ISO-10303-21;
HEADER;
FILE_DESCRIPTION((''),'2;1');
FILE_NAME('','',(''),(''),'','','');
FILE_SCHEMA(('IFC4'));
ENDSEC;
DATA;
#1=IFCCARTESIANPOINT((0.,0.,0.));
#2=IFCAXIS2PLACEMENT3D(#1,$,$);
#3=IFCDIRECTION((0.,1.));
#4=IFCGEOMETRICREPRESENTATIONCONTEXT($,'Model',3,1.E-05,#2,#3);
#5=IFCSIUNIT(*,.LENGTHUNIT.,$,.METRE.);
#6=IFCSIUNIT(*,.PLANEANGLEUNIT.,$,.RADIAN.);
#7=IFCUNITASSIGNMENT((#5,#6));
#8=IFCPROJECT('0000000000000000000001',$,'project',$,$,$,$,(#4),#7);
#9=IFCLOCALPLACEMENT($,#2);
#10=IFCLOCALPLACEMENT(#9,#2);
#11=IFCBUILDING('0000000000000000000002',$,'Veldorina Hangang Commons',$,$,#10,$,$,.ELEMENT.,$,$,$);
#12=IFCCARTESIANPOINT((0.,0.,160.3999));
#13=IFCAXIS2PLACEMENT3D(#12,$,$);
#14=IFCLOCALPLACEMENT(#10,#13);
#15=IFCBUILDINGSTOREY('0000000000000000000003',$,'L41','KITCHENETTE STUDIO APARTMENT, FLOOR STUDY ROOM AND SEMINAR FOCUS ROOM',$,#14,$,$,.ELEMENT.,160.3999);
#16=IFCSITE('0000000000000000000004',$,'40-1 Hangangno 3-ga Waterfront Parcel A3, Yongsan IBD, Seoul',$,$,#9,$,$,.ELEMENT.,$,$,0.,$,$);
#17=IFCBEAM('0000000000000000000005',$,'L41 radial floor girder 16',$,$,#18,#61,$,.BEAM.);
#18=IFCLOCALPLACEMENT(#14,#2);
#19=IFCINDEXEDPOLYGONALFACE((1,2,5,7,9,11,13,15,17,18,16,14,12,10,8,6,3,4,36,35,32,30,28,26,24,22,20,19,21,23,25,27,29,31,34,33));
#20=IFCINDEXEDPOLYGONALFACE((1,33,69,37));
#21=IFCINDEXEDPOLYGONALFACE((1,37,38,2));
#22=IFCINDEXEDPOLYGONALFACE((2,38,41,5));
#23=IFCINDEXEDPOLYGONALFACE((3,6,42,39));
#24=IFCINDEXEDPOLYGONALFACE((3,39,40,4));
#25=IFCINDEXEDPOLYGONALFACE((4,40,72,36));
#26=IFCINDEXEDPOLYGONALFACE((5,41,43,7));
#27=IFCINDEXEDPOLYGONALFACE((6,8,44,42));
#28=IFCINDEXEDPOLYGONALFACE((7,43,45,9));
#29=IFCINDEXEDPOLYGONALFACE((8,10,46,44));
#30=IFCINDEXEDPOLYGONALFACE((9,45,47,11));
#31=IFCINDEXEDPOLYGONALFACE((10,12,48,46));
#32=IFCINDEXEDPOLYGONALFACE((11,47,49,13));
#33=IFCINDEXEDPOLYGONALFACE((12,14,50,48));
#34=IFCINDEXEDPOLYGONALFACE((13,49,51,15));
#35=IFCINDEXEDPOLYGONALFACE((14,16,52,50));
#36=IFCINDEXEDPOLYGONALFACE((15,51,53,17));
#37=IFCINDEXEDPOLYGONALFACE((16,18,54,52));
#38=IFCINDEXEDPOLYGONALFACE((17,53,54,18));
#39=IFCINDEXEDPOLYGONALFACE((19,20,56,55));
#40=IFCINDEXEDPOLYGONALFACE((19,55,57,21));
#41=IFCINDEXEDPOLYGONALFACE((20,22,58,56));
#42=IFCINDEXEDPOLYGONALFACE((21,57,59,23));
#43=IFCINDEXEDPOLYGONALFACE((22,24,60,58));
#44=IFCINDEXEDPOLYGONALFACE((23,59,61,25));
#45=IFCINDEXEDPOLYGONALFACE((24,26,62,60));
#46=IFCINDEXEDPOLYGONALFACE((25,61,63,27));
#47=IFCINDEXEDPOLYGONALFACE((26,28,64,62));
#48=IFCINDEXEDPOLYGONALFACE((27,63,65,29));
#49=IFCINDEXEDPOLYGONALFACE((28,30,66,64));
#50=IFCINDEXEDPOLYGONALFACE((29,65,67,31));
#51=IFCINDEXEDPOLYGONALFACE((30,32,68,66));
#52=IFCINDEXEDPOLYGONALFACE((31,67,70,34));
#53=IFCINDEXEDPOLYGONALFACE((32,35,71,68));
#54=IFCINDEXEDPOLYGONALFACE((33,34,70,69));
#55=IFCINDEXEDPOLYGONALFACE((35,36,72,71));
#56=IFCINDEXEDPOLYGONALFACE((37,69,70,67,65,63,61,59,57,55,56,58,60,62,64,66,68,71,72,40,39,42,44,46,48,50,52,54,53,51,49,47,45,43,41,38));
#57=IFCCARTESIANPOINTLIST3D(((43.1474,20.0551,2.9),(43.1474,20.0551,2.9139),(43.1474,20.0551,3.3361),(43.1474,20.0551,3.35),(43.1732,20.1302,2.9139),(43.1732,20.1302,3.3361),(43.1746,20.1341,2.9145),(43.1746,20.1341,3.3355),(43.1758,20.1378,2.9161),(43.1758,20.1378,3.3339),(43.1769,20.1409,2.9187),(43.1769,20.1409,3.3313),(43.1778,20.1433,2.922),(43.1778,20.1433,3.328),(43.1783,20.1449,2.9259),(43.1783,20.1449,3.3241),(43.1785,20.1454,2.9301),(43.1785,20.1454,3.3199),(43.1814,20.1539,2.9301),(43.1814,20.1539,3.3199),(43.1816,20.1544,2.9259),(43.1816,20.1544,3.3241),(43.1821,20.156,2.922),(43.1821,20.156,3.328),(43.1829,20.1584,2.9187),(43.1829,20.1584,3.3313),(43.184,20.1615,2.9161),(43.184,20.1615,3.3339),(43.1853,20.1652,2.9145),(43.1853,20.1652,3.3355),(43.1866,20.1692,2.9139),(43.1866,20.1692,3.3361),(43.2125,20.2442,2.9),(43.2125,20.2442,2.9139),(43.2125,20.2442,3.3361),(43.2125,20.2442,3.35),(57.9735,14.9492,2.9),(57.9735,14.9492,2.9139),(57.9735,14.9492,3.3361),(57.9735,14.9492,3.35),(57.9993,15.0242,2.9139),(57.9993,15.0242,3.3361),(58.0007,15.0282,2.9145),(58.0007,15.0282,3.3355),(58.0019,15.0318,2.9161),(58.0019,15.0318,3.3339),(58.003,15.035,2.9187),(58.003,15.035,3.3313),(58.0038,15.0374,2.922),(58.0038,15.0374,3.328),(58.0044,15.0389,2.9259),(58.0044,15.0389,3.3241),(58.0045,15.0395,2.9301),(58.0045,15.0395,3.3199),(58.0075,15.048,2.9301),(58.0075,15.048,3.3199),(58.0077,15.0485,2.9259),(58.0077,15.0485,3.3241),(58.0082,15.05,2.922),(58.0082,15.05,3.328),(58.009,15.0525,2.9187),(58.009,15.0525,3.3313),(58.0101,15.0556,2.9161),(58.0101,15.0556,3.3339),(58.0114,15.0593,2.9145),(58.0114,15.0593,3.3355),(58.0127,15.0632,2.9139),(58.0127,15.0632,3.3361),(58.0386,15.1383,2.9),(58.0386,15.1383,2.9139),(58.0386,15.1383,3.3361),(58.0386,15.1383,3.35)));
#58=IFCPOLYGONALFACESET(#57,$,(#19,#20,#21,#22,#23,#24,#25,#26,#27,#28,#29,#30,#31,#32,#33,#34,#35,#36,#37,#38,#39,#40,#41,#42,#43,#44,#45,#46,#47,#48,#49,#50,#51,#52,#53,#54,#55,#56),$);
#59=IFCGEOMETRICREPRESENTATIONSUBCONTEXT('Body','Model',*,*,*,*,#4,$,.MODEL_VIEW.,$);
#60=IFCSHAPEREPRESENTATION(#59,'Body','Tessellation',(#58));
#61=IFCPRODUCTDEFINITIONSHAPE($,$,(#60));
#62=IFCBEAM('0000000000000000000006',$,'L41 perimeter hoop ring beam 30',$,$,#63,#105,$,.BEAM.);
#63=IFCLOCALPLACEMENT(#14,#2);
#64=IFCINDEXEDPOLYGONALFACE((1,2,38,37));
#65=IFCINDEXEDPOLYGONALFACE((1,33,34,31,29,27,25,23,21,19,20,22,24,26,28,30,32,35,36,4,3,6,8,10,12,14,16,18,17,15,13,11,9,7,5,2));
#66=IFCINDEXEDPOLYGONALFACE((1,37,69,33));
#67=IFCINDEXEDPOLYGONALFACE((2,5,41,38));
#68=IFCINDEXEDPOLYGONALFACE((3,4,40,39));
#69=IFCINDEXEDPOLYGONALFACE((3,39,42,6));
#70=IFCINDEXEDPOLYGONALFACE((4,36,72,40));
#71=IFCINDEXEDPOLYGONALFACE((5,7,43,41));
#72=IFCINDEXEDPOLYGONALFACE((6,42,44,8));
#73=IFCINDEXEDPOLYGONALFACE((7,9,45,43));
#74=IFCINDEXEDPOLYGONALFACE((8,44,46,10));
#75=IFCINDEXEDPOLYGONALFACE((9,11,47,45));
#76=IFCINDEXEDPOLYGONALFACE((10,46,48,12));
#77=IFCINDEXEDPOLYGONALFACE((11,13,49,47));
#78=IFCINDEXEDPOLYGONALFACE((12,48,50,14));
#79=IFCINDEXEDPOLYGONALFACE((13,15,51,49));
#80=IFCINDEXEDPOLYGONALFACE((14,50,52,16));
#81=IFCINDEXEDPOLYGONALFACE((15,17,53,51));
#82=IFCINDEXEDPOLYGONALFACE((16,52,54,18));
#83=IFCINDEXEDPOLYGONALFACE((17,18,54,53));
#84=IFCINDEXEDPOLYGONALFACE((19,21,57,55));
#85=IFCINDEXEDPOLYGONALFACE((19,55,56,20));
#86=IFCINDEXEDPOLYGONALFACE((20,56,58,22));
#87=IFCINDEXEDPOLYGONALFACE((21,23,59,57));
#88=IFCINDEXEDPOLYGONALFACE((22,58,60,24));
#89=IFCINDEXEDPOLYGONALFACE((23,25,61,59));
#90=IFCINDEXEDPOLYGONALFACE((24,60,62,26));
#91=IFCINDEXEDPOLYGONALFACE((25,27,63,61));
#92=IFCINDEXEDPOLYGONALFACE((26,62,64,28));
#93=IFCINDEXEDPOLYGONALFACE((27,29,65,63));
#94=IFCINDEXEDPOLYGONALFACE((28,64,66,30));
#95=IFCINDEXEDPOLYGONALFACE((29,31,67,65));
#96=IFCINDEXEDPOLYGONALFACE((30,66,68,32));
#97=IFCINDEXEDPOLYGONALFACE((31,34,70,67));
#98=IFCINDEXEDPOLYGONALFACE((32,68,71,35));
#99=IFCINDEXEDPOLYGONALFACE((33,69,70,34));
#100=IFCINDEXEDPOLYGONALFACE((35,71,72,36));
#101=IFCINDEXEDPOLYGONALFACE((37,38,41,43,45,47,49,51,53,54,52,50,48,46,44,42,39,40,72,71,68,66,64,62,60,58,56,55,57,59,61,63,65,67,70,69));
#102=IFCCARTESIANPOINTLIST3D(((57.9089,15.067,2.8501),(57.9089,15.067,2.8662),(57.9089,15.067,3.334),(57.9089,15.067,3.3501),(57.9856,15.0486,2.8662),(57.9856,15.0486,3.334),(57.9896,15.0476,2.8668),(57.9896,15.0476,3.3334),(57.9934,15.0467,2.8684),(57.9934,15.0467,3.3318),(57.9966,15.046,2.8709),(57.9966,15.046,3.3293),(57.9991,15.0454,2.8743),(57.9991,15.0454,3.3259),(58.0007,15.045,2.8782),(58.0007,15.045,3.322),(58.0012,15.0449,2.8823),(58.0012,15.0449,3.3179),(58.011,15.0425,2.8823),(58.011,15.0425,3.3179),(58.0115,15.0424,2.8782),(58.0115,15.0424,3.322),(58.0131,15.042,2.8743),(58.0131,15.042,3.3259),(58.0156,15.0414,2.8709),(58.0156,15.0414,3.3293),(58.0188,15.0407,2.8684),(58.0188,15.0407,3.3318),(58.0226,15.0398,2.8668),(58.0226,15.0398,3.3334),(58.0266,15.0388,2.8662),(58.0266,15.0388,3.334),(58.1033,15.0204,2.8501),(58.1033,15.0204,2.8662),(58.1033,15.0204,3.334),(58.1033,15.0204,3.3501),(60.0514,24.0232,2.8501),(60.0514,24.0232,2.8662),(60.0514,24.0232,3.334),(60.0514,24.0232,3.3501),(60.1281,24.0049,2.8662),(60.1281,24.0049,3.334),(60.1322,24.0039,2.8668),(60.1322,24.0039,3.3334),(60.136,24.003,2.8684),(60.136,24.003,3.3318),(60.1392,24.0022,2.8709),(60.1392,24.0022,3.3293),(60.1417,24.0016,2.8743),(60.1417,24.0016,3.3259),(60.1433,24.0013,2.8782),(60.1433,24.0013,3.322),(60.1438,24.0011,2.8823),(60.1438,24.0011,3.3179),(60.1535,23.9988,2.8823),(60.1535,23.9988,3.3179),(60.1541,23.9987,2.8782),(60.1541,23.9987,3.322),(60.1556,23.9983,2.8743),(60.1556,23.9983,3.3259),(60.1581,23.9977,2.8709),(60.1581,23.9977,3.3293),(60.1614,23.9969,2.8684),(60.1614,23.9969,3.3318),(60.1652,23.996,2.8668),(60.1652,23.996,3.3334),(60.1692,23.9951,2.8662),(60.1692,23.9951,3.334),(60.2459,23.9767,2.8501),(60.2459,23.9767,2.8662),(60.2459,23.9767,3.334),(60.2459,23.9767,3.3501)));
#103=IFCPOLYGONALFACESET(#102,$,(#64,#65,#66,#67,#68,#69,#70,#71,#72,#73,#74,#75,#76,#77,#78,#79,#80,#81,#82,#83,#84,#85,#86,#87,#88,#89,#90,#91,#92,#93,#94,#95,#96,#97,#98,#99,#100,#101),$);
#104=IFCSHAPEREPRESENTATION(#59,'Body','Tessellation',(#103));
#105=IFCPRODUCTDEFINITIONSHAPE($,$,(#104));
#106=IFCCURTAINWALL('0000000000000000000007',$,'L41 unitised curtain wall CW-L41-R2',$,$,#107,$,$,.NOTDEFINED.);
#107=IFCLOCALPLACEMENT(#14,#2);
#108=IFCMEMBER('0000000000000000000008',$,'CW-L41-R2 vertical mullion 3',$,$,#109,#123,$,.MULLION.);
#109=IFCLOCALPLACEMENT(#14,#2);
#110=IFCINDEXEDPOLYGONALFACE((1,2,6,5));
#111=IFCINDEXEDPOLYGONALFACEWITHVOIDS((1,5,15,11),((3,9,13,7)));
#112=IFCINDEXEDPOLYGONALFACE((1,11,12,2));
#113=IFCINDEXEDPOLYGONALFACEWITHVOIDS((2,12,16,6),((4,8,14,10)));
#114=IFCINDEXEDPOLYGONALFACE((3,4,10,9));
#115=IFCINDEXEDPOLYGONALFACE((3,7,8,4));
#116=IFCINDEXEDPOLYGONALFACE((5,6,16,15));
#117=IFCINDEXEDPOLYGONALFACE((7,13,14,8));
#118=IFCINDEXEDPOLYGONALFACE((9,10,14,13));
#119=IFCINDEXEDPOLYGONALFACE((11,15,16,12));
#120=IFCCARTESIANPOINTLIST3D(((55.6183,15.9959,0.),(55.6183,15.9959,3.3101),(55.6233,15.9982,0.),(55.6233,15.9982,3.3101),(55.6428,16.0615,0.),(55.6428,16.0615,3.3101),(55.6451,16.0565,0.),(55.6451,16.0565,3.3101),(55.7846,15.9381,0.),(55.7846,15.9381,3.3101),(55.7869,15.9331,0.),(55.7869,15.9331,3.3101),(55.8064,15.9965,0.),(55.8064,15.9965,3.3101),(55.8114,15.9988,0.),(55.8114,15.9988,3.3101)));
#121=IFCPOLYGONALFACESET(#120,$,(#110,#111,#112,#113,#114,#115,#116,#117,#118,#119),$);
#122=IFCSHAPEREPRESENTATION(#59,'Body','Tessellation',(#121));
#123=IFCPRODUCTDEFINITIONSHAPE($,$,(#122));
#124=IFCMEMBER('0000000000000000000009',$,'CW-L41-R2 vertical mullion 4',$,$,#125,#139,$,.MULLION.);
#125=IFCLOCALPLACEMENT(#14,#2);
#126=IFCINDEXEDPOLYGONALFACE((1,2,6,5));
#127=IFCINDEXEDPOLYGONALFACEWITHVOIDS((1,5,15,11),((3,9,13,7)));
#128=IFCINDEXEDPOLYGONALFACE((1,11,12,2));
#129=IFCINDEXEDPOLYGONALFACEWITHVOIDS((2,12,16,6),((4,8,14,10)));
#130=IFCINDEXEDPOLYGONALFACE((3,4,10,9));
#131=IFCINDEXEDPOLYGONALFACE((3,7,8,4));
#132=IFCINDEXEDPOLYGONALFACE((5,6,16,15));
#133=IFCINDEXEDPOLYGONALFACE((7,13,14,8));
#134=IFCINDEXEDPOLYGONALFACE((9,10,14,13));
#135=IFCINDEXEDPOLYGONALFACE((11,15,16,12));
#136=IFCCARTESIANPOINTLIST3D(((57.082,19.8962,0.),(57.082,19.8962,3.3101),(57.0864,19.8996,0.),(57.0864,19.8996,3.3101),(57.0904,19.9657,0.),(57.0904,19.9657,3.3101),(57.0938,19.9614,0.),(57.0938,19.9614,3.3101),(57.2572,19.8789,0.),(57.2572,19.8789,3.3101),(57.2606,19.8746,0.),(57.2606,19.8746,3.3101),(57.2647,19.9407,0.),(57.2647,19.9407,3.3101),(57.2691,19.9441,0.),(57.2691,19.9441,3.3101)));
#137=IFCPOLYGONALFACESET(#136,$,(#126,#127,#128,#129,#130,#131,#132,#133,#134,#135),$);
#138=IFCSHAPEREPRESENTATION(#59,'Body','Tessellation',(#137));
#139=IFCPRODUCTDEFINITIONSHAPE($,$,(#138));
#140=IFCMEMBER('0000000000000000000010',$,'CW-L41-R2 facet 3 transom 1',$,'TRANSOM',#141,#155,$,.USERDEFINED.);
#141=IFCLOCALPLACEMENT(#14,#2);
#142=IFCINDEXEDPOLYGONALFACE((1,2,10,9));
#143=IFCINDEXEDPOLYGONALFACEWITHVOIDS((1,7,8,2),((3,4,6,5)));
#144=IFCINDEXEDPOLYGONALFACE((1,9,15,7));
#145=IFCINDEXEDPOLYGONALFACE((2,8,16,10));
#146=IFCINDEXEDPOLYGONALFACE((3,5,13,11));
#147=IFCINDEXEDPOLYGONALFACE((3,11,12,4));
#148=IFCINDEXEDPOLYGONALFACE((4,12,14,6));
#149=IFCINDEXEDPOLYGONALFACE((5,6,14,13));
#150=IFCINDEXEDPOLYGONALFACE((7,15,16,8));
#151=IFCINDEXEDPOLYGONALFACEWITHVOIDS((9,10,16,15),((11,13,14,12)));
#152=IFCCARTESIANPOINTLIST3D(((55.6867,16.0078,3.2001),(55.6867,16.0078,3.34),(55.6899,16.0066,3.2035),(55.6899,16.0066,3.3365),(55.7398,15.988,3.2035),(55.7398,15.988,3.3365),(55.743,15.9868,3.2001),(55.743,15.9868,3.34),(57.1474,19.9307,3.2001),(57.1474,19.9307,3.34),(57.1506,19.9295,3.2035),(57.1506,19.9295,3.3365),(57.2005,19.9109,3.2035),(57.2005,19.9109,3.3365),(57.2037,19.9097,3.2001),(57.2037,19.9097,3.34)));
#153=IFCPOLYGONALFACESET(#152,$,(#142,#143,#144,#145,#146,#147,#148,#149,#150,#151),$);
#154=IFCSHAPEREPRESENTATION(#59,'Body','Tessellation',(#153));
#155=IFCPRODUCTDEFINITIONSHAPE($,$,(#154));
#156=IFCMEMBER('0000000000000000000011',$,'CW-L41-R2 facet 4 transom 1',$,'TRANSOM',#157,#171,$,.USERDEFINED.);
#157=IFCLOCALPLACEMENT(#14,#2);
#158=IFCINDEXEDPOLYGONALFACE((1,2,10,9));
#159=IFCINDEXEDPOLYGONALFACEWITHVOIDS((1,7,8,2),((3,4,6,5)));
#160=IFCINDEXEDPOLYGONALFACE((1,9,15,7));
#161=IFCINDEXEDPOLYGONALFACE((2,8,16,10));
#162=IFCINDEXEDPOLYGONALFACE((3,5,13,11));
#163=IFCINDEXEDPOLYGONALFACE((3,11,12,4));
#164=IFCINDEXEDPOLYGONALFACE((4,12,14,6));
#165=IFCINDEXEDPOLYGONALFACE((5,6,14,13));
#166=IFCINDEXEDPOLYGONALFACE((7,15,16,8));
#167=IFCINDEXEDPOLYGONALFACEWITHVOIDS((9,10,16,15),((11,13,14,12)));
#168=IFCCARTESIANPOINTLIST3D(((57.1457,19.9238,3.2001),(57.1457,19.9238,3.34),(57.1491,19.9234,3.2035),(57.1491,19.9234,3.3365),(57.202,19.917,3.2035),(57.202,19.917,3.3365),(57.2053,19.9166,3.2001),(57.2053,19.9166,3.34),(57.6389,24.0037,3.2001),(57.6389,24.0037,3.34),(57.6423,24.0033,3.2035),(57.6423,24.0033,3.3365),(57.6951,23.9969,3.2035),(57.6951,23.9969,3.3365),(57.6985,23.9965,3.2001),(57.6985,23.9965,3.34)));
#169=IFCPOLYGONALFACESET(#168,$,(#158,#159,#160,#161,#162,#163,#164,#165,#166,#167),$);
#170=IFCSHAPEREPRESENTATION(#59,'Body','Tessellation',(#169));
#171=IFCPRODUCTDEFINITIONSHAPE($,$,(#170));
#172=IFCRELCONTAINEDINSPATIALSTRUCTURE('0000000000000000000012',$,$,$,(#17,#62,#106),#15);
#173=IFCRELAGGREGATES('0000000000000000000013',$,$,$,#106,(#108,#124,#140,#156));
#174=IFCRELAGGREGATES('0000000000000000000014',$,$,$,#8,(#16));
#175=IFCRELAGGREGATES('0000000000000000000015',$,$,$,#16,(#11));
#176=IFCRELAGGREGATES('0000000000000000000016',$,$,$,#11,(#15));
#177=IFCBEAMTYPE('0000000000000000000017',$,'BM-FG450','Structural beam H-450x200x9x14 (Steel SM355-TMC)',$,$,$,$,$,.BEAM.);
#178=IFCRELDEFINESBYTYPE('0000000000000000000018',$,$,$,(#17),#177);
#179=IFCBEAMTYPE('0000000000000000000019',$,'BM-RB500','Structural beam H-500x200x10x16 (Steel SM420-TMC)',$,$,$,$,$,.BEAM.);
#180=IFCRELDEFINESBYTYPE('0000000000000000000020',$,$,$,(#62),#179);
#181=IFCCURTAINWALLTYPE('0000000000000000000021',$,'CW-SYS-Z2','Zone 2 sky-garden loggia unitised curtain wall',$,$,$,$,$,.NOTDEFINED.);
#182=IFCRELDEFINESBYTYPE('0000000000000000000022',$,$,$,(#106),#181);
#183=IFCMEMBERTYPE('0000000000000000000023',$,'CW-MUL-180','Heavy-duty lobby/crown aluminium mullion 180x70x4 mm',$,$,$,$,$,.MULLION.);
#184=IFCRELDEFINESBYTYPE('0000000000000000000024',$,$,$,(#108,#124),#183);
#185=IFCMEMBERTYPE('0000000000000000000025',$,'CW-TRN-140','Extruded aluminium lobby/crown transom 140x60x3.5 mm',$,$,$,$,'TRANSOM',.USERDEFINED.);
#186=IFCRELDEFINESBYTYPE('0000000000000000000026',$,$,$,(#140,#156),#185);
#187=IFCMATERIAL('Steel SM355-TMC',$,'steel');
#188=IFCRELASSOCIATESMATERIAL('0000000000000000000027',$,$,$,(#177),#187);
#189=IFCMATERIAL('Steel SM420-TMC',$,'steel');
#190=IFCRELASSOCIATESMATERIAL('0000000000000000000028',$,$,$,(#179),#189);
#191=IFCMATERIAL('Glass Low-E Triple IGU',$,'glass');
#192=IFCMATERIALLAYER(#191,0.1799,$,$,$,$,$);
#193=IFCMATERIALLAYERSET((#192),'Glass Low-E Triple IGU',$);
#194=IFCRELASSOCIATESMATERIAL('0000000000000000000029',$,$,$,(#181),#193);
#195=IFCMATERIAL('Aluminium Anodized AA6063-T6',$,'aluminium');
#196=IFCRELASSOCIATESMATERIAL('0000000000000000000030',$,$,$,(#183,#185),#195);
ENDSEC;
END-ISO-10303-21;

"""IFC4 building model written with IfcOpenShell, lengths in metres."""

from ifc_helpers import new_model, si_unit, direction, frame, origin, origin_2d, place, context, subcontext, project, spatial, hollow_rectangle, i_section, extrude, material, layer, layer_set, material_profile, profile_set, type_object, element, aggregate, save


model = new_model("IFC4")

# Units and contexts
model_context = context("Model", 3, precision=1e-05, world=origin(), true_north=direction((0.0, 1.0)))
body_context = subcontext(model_context, "Body", "Model", "MODEL_VIEW")
ifc_project = project(units=[si_unit("LENGTHUNIT", "METRE"), si_unit("PLANEANGLEUNIT", "RADIAN")], contexts=[model_context])

# Site, building, storey
site_placement = place(None, origin())
site = spatial("IfcSite", under=ifc_project, at=site_placement, Name="40-1 Hangangno 3-ga Waterfront Parcel A3, Yongsan IBD, Seoul", CompositionType="ELEMENT", RefElevation=0.0)
building_placement = place(site_placement, origin())
building = spatial("IfcBuilding", under=site, at=building_placement, Name="Veldorina Hangang Commons", CompositionType="ELEMENT")
storey_placement = place(building_placement, frame((0.0, 0.0, 160.3999)))
storey = spatial("IfcBuildingStorey", under=building, at=storey_placement, Name="L41", Description="KITCHENETTE STUDIO APARTMENT, FLOOR STUDY ROOM AND SEMINAR FOCUS ROOM", CompositionType="ELEMENT", Elevation=160.3999)

# Beams
ifc_material_1 = material(Name="Steel SM355-TMC", Category="steel")
ifc_material_profile_1 = material_profile(ifc_material_1, i_section(OverallWidth=0.2, OverallDepth=0.45, WebThickness=0.009, FlangeThickness=0.0139, FilletRadius=0.0161, at=origin_2d()), Name="H-450x200x9x14")
ifc_profile_set_1 = profile_set([ifc_material_profile_1], Name="Steel SM355-TMC")
beam_type_1 = type_object("IfcBeamType", Name="BM-FG450", Description="Structural beam H-450x200x9x14 (Steel SM355-TMC)", PredefinedType="BEAM", material=ifc_profile_set_1)
beam_1_placement = place(storey_placement, frame((43.1799, 20.1497, 3.125), z_axis=(0.945501, -0.325619, 0.0), x_axis=(0.325619, 0.945501, 0.0)))
element("IfcBeam", 1, at=beam_1_placement, inside=storey, type_object=beam_type_1, Name="L41 radial floor girder 16", PredefinedType="BEAM", context=body_context, shape_type="SweptSolid", body=[
    extrude(i_section(OverallWidth=0.2, OverallDepth=0.45, WebThickness=0.009, FlangeThickness=0.0139, FilletRadius=0.0161, at=origin_2d()), origin(), (0.0, 0.0, 1.0), 15.6807),
])
ifc_material_2 = material(Name="Steel SM420-TMC", Category="steel")
ifc_material_profile_2 = material_profile(ifc_material_2, i_section(OverallWidth=0.2, OverallDepth=0.5, WebThickness=0.01, FlangeThickness=0.0161, FilletRadius=0.0161, at=origin_2d()), Name="H-500x200x10x16")
ifc_profile_set_2 = profile_set([ifc_material_profile_2], Name="Steel SM420-TMC")
beam_type_2 = type_object("IfcBeamType", Name="BM-RB500", Description="Structural beam H-500x200x10x16 (Steel SM420-TMC)", PredefinedType="BEAM", material=ifc_profile_set_2)
beam_2_placement = place(storey_placement, frame((58.0061, 15.0437, 3.1001), z_axis=(0.232661, 0.972558, 0.0), x_axis=(-0.972558, 0.232661, 0.0)))
element("IfcBeam", 2, at=beam_2_placement, inside=storey, type_object=beam_type_2, Name="L41 perimeter hoop ring beam 30", PredefinedType="BEAM", context=body_context, shape_type="SweptSolid", body=[
    extrude(i_section(OverallWidth=0.2, OverallDepth=0.5, WebThickness=0.01, FlangeThickness=0.0161, FilletRadius=0.0161, at=origin_2d()), origin(), (0.0, 0.0, 1.0), 9.209),
])

# Curtain wall, members
ifc_material_3 = material(Name="Glass Low-E Triple IGU", Category="glass")
ifc_layer_1 = layer(ifc_material_3, 0.1799)
ifc_layer_set_1 = layer_set([ifc_layer_1], Name="Glass Low-E Triple IGU")
curtain_wall_type = type_object("IfcCurtainWallType", Name="CW-SYS-Z2", Description="Zone 2 sky-garden loggia unitised curtain wall", PredefinedType="NOTDEFINED", material=ifc_layer_set_1)
curtain_wall_placement = place(storey_placement, origin())
curtain_wall = element("IfcCurtainWall", 3, at=curtain_wall_placement, inside=storey, type_object=curtain_wall_type, Name="L41 unitised curtain wall CW-L41-R2", PredefinedType="NOTDEFINED")
ifc_material_4 = material(Name="Aluminium Anodized AA6063-T6", Category="aluminium")
ifc_material_profile_3 = material_profile(ifc_material_4, hollow_rectangle(XDim=0.0701, YDim=0.1799, WallThickness=0.0039, at=origin_2d()), Name="ALU-RHS-180x70x4")
ifc_profile_set_3 = profile_set([ifc_material_profile_3], Name="Aluminium Anodized AA6063-T6")
member_type_1 = type_object("IfcMemberType", Name="CW-MUL-180", Description="Heavy-duty lobby/crown aluminium mullion 180x70x4 mm", PredefinedType="MULLION", material=ifc_profile_set_3)
member_1_placement = place(storey_placement, frame((55.7148, 15.9973, 0.0), z_axis=(0.0, 0.0, 1.0), x_axis=(0.348932, 0.937148, 0.0)))
member_1 = element("IfcMember", 4, at=member_1_placement, type_object=member_type_1, Name="CW-L41-R2 vertical mullion 3", PredefinedType="MULLION", context=body_context, shape_type="SweptSolid", body=[
    extrude(hollow_rectangle(XDim=0.0701, YDim=0.1799, WallThickness=0.0039, at=origin_2d()), origin(), (0.0, 0.0, 1.0), 3.3101),
])
member_2_placement = place(storey_placement, frame((57.1755, 19.9202, 0.0), z_axis=(0.0, 0.0, 1.0), x_axis=(0.120016, 0.992772, 0.0)))
member_2 = element("IfcMember", 5, at=member_2_placement, type_object=member_type_1, Name="CW-L41-R2 vertical mullion 4", PredefinedType="MULLION", context=body_context, shape_type="SweptSolid", body=[
    extrude(hollow_rectangle(XDim=0.0701, YDim=0.1799, WallThickness=0.0039, at=origin_2d()), origin(), (0.0, 0.0, 1.0), 3.3101),
])
ifc_material_profile_4 = material_profile(ifc_material_4, hollow_rectangle(XDim=0.0601, YDim=0.1399, WallThickness=0.0034, at=origin_2d()), Name="ALU-RHS-140x60x3.5")
ifc_profile_set_4 = profile_set([ifc_material_profile_4], Name="Aluminium Anodized AA6063-T6")
member_type_2 = type_object("IfcMemberType", Name="CW-TRN-140", Description="Extruded aluminium lobby/crown transom 140x60x3.5 mm", ElementType="TRANSOM", PredefinedType="USERDEFINED", material=ifc_profile_set_4)
member_3_placement = place(storey_placement, frame((55.7148, 15.9973, 3.27), z_axis=(0.348949, 0.937142, 0.0), x_axis=(-0.937142, 0.348949, 0.0)))
member_3 = element("IfcMember", 6, at=member_3_placement, type_object=member_type_2, Name="CW-L41-R2 facet 3 transom 1", ObjectType="TRANSOM", PredefinedType="USERDEFINED", context=body_context, shape_type="SweptSolid", body=[
    extrude(hollow_rectangle(XDim=0.0601, YDim=0.1399, WallThickness=0.0034, at=origin_2d()), origin(), (0.0, 0.0, 1.0), 4.186),
])
member_4_placement = place(storey_placement, frame((57.1755, 19.9202, 3.27), z_axis=(0.120005, 0.992773, 0.0), x_axis=(-0.992773, 0.120005, 0.0)))
member_4 = element("IfcMember", 7, at=member_4_placement, type_object=member_type_2, Name="CW-L41-R2 facet 4 transom 1", ObjectType="TRANSOM", PredefinedType="USERDEFINED", context=body_context, shape_type="SweptSolid", body=[
    extrude(hollow_rectangle(XDim=0.0601, YDim=0.1399, WallThickness=0.0034, at=origin_2d()), origin(), (0.0, 0.0, 1.0), 4.1096),
])

aggregate(curtain_wall, [member_1, member_2, member_3, member_4])

save(model, "model.ifc")
